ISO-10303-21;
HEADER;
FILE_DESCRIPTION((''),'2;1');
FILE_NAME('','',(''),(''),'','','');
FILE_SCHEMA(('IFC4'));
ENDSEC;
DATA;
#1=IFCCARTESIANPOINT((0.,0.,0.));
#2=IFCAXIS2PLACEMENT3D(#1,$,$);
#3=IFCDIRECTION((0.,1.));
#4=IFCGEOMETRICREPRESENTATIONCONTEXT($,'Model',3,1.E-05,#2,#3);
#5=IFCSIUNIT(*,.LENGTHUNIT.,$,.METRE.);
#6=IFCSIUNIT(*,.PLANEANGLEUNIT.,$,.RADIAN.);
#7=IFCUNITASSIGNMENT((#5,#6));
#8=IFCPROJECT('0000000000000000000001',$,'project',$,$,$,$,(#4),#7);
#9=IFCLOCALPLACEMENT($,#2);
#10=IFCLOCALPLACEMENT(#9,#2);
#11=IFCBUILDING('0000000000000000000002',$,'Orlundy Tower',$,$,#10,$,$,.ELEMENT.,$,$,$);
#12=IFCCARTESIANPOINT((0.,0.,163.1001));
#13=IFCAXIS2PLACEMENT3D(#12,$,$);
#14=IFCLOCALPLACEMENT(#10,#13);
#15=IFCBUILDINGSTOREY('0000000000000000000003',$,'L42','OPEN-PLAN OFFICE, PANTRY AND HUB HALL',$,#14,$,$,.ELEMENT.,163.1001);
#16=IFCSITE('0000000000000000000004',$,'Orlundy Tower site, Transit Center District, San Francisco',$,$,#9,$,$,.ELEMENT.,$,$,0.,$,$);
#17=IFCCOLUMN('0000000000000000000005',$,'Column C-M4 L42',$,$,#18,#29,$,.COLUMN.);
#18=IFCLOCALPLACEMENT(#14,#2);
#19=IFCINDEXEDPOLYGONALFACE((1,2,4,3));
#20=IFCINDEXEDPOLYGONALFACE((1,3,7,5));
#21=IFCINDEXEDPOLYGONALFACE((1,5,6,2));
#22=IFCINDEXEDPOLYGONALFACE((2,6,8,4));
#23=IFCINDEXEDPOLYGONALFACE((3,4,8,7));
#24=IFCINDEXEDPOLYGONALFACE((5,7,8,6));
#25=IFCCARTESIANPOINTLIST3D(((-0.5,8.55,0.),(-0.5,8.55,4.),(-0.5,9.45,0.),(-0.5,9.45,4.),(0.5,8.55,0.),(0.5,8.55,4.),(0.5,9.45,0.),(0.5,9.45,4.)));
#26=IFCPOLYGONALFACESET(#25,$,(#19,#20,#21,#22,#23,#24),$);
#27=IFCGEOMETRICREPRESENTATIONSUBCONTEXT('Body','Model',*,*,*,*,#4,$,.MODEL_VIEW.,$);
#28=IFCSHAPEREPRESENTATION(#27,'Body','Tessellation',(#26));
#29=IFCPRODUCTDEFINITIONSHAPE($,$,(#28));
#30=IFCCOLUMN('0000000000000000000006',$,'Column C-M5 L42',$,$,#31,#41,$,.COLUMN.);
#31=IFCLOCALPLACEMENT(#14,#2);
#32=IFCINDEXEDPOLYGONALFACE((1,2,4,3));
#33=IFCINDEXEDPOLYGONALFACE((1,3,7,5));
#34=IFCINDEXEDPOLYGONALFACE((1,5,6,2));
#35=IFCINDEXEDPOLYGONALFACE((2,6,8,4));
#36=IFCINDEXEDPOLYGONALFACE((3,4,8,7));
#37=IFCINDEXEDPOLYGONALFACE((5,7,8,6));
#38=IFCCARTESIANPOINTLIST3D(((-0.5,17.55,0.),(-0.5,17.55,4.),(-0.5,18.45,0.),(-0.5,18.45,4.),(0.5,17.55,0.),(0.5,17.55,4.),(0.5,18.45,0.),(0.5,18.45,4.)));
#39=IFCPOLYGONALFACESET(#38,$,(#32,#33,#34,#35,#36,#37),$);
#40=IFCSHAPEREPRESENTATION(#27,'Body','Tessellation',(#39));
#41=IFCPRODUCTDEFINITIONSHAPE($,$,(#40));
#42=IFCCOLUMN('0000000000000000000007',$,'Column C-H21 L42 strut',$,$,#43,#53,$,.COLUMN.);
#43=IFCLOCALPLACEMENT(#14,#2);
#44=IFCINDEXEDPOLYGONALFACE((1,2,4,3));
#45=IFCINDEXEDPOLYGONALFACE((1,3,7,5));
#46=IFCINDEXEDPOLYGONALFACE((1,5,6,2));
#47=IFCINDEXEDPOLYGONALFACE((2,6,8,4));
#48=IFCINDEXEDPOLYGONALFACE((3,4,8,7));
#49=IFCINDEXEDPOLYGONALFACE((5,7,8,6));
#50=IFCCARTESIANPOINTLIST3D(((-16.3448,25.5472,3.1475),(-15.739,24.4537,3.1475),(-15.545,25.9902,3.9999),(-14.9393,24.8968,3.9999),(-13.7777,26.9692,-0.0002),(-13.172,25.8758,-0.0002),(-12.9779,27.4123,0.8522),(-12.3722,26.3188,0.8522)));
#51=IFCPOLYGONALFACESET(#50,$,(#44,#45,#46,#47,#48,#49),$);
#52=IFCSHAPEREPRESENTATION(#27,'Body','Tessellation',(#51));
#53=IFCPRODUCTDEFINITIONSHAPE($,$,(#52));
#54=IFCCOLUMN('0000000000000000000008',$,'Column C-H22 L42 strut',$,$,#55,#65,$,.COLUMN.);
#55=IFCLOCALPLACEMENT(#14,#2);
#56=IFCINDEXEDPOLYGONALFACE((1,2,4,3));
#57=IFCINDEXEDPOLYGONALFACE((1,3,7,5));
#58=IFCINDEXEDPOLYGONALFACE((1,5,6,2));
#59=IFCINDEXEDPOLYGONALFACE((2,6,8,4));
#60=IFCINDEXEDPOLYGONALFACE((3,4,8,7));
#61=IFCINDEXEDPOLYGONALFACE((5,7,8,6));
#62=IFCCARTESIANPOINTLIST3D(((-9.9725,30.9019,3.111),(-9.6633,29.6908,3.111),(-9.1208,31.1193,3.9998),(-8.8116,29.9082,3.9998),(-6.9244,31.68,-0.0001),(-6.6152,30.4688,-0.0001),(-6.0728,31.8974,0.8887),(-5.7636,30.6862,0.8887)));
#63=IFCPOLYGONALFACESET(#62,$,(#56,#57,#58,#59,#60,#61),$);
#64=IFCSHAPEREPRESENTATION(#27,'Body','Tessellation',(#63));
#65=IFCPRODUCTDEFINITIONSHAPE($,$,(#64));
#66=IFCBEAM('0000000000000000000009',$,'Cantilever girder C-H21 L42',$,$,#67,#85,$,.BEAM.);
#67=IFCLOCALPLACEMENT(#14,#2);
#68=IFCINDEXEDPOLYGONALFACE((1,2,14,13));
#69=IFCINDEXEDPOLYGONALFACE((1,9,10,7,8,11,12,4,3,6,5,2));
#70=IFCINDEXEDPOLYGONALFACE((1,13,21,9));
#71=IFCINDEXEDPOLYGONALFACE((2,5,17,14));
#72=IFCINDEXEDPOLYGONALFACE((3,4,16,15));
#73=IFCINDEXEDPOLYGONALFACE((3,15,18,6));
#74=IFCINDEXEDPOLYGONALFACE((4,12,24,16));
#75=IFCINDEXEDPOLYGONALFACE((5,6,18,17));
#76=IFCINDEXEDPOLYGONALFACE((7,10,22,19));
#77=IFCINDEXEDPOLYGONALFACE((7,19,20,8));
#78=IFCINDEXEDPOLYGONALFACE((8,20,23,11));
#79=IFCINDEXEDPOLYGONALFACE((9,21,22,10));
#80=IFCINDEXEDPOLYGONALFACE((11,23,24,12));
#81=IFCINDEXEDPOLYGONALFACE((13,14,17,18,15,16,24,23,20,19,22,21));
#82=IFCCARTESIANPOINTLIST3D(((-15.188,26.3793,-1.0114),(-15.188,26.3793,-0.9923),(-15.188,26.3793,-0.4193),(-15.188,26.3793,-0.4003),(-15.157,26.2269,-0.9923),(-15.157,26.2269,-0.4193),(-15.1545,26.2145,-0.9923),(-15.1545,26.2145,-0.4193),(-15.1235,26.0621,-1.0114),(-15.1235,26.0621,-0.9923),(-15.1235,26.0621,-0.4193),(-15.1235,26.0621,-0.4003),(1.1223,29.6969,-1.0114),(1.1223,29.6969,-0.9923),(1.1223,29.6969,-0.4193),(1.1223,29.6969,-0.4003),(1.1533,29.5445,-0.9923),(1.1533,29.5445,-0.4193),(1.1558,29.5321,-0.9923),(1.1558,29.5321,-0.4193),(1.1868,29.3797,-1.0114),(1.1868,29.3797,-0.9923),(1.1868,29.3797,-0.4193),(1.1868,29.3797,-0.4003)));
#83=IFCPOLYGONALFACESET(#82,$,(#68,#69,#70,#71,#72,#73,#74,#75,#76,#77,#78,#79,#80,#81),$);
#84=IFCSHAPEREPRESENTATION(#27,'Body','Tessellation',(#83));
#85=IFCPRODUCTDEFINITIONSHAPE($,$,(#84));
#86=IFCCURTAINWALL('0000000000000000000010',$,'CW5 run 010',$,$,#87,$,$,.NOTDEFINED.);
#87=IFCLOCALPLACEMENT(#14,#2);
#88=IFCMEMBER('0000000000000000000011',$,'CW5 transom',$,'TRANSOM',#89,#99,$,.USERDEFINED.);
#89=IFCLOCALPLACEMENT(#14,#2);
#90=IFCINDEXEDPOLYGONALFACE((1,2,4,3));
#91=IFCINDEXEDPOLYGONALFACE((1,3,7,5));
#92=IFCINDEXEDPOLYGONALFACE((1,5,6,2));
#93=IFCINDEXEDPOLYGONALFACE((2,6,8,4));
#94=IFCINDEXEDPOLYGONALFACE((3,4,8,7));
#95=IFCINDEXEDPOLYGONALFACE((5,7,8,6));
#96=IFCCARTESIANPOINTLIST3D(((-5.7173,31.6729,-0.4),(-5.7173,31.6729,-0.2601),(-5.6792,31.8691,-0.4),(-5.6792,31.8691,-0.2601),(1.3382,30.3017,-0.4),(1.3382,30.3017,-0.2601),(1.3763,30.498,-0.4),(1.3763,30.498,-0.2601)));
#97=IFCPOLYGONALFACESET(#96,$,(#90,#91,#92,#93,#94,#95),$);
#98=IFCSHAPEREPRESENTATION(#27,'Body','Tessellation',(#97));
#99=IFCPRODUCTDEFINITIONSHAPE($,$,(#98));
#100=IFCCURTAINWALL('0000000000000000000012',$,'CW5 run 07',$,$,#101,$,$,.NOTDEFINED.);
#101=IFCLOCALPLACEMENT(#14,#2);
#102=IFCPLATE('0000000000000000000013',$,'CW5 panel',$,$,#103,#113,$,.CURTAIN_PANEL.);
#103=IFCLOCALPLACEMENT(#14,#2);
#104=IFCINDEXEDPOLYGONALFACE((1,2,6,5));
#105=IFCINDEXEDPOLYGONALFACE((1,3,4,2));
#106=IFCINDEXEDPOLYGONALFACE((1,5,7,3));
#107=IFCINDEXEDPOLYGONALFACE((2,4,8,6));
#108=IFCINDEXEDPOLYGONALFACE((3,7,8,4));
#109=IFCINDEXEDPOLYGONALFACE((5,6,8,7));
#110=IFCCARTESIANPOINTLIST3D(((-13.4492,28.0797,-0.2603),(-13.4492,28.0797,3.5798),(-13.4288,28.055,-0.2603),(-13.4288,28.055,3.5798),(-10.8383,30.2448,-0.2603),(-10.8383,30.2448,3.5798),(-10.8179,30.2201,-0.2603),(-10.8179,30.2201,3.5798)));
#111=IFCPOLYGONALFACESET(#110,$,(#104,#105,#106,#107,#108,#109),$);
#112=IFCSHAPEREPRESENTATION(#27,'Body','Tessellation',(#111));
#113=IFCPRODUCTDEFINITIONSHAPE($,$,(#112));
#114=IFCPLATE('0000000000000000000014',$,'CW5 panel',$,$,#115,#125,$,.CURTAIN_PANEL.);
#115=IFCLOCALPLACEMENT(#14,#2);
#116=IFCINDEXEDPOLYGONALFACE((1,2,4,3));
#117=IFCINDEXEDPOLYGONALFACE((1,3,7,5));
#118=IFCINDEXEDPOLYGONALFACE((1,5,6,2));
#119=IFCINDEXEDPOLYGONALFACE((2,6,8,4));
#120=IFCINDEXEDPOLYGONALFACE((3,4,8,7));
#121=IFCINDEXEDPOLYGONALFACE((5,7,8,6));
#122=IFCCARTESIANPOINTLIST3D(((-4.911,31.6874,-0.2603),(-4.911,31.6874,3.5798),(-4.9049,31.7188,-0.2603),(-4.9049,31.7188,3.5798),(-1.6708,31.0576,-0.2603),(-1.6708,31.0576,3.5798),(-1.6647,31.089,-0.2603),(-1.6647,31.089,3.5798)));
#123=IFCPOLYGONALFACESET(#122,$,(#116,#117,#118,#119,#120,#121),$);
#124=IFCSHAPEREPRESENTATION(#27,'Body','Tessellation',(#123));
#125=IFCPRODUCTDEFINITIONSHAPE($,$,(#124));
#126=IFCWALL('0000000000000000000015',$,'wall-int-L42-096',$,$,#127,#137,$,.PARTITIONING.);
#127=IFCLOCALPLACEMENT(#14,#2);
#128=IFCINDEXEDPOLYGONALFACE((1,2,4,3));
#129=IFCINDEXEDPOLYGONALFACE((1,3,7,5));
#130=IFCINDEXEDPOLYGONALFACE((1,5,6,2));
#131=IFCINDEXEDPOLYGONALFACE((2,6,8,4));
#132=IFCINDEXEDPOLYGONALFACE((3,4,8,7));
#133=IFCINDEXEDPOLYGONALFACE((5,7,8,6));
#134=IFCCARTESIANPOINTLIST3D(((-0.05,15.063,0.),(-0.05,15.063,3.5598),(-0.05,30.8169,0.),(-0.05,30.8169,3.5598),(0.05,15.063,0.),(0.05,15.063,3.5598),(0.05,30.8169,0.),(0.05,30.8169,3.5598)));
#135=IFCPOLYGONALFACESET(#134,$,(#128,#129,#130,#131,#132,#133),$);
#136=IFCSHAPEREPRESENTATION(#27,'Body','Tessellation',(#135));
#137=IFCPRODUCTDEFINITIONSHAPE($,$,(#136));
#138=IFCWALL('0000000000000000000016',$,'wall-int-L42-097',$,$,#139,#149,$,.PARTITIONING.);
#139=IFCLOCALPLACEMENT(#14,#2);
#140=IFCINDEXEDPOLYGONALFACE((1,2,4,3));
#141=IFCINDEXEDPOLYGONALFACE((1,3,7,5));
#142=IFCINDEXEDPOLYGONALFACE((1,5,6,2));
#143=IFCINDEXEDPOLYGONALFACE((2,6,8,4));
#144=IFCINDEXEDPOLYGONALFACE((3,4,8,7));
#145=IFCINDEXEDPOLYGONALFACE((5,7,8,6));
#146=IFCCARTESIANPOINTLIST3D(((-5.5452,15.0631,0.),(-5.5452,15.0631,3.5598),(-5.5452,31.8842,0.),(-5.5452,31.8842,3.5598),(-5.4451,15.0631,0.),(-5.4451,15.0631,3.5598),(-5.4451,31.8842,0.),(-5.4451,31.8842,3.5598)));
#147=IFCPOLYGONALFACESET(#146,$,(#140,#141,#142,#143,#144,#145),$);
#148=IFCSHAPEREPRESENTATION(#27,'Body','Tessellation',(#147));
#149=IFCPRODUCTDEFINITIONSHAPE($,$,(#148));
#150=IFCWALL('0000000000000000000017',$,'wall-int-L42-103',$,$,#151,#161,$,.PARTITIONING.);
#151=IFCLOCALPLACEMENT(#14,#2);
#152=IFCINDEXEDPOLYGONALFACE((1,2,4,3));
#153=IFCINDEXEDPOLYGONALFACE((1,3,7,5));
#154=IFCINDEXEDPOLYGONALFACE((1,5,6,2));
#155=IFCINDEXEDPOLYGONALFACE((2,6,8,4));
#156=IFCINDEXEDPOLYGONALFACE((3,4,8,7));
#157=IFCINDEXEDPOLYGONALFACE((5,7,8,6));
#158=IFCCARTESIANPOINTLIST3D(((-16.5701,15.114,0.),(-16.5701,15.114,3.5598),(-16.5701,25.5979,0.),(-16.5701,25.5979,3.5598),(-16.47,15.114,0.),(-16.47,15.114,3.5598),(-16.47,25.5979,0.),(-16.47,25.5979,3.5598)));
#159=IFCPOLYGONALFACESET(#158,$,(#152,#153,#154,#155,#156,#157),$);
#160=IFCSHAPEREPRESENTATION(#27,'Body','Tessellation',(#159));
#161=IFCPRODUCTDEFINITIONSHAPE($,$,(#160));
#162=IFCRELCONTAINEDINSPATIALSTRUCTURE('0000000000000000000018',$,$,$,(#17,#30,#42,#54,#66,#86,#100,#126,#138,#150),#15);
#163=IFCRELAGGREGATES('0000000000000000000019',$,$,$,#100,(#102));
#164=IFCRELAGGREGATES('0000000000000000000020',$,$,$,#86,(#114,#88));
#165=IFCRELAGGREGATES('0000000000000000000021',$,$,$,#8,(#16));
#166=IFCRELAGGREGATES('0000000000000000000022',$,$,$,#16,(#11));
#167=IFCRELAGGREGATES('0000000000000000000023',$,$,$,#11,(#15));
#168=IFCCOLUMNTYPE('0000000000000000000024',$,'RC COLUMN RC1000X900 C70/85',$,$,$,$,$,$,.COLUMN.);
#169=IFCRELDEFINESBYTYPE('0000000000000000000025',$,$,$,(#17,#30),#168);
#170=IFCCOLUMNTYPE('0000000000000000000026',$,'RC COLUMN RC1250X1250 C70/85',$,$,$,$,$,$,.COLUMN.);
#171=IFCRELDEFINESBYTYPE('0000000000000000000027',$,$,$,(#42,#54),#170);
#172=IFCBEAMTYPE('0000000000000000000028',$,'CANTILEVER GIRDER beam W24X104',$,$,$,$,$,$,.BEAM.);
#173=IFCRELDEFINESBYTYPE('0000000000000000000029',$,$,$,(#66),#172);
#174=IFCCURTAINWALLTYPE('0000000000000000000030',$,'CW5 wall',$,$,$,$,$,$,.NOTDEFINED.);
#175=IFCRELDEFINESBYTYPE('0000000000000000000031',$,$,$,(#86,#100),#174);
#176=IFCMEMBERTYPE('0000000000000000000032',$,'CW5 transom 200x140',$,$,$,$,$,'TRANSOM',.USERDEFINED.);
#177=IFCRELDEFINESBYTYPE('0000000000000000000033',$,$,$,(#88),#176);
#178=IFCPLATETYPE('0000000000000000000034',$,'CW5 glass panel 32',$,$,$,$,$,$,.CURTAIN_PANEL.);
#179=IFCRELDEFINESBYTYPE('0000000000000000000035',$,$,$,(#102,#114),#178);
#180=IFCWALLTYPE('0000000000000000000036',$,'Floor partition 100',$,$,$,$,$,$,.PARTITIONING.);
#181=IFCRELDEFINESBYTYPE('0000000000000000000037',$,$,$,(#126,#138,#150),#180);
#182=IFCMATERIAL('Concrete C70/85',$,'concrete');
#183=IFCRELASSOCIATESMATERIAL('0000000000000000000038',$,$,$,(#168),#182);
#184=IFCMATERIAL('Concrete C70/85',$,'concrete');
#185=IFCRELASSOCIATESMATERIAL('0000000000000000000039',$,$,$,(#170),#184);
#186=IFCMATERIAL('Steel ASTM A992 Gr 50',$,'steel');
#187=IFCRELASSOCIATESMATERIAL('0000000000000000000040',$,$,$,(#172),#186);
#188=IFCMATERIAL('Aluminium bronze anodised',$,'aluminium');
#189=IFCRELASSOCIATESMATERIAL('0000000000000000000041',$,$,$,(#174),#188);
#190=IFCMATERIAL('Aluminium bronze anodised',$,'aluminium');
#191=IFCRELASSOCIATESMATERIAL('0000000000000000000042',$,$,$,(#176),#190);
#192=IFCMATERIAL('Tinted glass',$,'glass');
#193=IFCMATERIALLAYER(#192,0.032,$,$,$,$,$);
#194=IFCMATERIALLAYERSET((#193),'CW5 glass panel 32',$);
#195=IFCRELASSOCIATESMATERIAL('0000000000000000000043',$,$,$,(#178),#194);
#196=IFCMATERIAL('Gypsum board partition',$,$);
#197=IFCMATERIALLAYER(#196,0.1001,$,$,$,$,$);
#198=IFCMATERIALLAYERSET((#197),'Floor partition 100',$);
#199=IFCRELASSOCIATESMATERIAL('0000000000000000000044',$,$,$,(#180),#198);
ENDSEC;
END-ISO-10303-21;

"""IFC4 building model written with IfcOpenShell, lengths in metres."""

from ifc_helpers import new_model, si_unit, direction, frame, frame_2d, origin, origin_2d, place, context, subcontext, project, spatial, rectangle, i_section, extrude, material, layer, layer_set, material_profile, profile_set, type_object, element, aggregate, save


model = new_model("IFC4")

# Units and contexts
model_context = context("Model", 3, precision=1e-05, world=origin(), true_north=direction((0.0, 1.0)))
body_context = subcontext(model_context, "Body", "Model", "MODEL_VIEW")
ifc_project = project(units=[si_unit("LENGTHUNIT", "METRE"), si_unit("PLANEANGLEUNIT", "RADIAN")], contexts=[model_context])

# Site, building, storey
site_placement = place(None, origin())
site = spatial("IfcSite", under=ifc_project, at=site_placement, Name="Orlundy Tower site, Transit Center District, San Francisco", CompositionType="ELEMENT", RefElevation=0.0)
building_placement = place(site_placement, origin())
building = spatial("IfcBuilding", under=site, at=building_placement, Name="Orlundy Tower", CompositionType="ELEMENT")
storey_placement = place(building_placement, frame((0.0, 0.0, 163.1001)))
storey = spatial("IfcBuildingStorey", under=building, at=storey_placement, Name="L42", Description="OPEN-PLAN OFFICE, PANTRY AND HUB HALL", CompositionType="ELEMENT", Elevation=163.1001)

# Columns
ifc_material_1 = material(Name="Concrete C70/85", Category="concrete")
ifc_material_profile_1 = material_profile(ifc_material_1, rectangle(XDim=1.0, YDim=0.8999, at=origin_2d()), Name="RC1000X900")
ifc_profile_set_1 = profile_set([ifc_material_profile_1], Name="Concrete C70/85")
column_type_1 = type_object("IfcColumnType", Name="RC COLUMN RC1000X900 C70/85", PredefinedType="COLUMN", material=ifc_profile_set_1)
for number, where, z_axis, x_axis, name in (
    (1, (0.0, 9.0, 0.0), (0.0, 0.0, 1.0), (1.0, 0.0, 0.0), "Column C-M4 L42"),
    (2, (0.0, 18.0, 0.0), (0.0, 0.0, 1.0), (1.0, 0.0, 0.0), "Column C-M5 L42"),
):
    element("IfcColumn", number, at=place(storey_placement, frame(where, z_axis=z_axis, x_axis=x_axis)), inside=storey, type_object=column_type_1, Name=name, PredefinedType="COLUMN", context=body_context, shape_type="SweptSolid", body=[
        extrude(rectangle(XDim=1.0, YDim=0.8999, at=origin_2d()), origin(), (0.0, 0.0, 1.0), 4.0),
    ])
ifc_material_2 = material(Name="Concrete C70/85", Category="concrete")
ifc_material_profile_2 = material_profile(ifc_material_2, rectangle(XDim=1.25, YDim=1.25, at=origin_2d()), Name="RC1250X1250")
ifc_profile_set_2 = profile_set([ifc_material_profile_2], Name="Concrete C70/85")
column_type_2 = type_object("IfcColumnType", Name="RC COLUMN RC1250X1250 C70/85", PredefinedType="COLUMN", material=ifc_profile_set_2)
column_1_placement = place(storey_placement, frame((-13.075, 26.644, 0.426), z_axis=(-0.596514, -0.330451, 0.731418), x_axis=(0.484583, -0.874745, 0.0)))
element("IfcColumn", 3, at=column_1_placement, inside=storey, type_object=column_type_2, Name="Column C-H21 L42 strut", PredefinedType="COLUMN", context=body_context, shape_type="SweptSolid", body=[
    extrude(rectangle(XDim=1.25, YDim=1.25, at=origin_2d()), origin(), (0.0, 0.0, 1.0), 4.3035),
])
column_2_placement = place(storey_placement, frame((-6.344, 31.1831, 0.4443), z_axis=(-0.688932, -0.175861, 0.703168), x_axis=(0.247335, -0.96893, 0.0)))
element("IfcColumn", 4, at=column_2_placement, inside=storey, type_object=column_type_2, Name="Column C-H22 L42 strut", PredefinedType="COLUMN", context=body_context, shape_type="SweptSolid", body=[
    extrude(rectangle(XDim=1.25, YDim=1.25, at=origin_2d()), origin(), (0.0, 0.0, 1.0), 4.4243),
])

# Beam
ifc_material_3 = material(Name="Steel ASTM A992 Gr 50", Category="steel")
ifc_material_profile_3 = material_profile(ifc_material_3, i_section(OverallWidth=0.3237, OverallDepth=0.6111, WebThickness=0.0127, FlangeThickness=0.019, at=origin_2d()), Name="W24X104")
ifc_profile_set_3 = profile_set([ifc_material_profile_3], Name="Steel ASTM A992 Gr 50")
beam_type = type_object("IfcBeamType", Name="CANTILEVER GIRDER beam W24X104", PredefinedType="BEAM", material=ifc_profile_set_3)
beam_placement = place(storey_placement, frame((-15.1558, 26.2207, -0.7058), z_axis=(0.979933, 0.199325, 0.0), x_axis=(-0.199325, 0.979933, 0.0)))
element("IfcBeam", 5, at=beam_placement, inside=storey, type_object=beam_type, Name="Cantilever girder C-H21 L42", PredefinedType="BEAM", context=body_context, shape_type="SweptSolid", body=[
    extrude(i_section(OverallWidth=0.3237, OverallDepth=0.6111, WebThickness=0.0127, FlangeThickness=0.019, at=origin_2d()), origin(), (0.0, 0.0, 1.0), 16.6443),
])

# Curtain wall, member
ifc_material_4 = material(Name="Aluminium bronze anodised", Category="aluminium")
curtain_wall_type = type_object("IfcCurtainWallType", Name="CW5 wall", PredefinedType="NOTDEFINED", material=ifc_material_4)
curtain_wall_1_placement = place(storey_placement, origin())
curtain_wall_1 = element("IfcCurtainWall", 6, at=curtain_wall_1_placement, inside=storey, type_object=curtain_wall_type, Name="CW5 run 010", PredefinedType="NOTDEFINED")
ifc_material_5 = material(Name="Aluminium bronze anodised", Category="aluminium")
ifc_material_profile_4 = material_profile(ifc_material_5, rectangle(XDim=0.2, YDim=0.1399, at=origin_2d()), Name="CW5 transom 200x140")
ifc_profile_set_4 = profile_set([ifc_material_profile_4], Name="Aluminium bronze anodised")
member_type = type_object("IfcMemberType", Name="CW5 transom 200x140", ElementType="TRANSOM", PredefinedType="USERDEFINED", material=ifc_profile_set_4)
member_placement = place(storey_placement, frame((-5.6982, 31.771, -0.3301), z_axis=(0.981636, -0.190763, 0.0), x_axis=(0.190763, 0.981636, 0.0)))
member = element("IfcMember", 7, at=member_placement, type_object=member_type, Name="CW5 transom", ObjectType="TRANSOM", PredefinedType="USERDEFINED", context=body_context, shape_type="SweptSolid", body=[
    extrude(rectangle(XDim=0.2, YDim=0.1399, at=origin_2d()), origin(), (0.0, 0.0, 1.0), 7.1875),
])

# Curtain wall, plate
curtain_wall_2_placement = place(storey_placement, origin())
curtain_wall_2 = element("IfcCurtainWall", 8, at=curtain_wall_2_placement, inside=storey, type_object=curtain_wall_type, Name="CW5 run 07", PredefinedType="NOTDEFINED")
ifc_material_6 = material(Name="Tinted glass", Category="glass")
ifc_layer_1 = layer(ifc_material_6, 0.032)
ifc_layer_set_1 = layer_set([ifc_layer_1], Name="CW5 glass panel 32")
plate_type = type_object("IfcPlateType", Name="CW5 glass panel 32", PredefinedType="CURTAIN_PANEL", material=ifc_layer_set_1)
plate_1_placement = place(storey_placement, frame((-12.1335, 29.1499, -0.2603), z_axis=(0.0, 0.0, 1.0), x_axis=(0.76977, 0.638321, 0.0)))
plate_1 = element("IfcPlate", 9, at=plate_1_placement, type_object=plate_type, Name="CW5 panel", PredefinedType="CURTAIN_PANEL", context=body_context, shape_type="SweptSolid", body=[
    extrude(rectangle(XDim=3.3918, YDim=0.032, at=origin_2d()), origin(), (0.0, 0.0, 1.0), 3.8401),
])
aggregate(curtain_wall_2, [plate_1])

# Plate
plate_2_placement = place(storey_placement, frame((-3.2878, 31.3882, -0.2603), z_axis=(0.0, 0.0, 1.0), x_axis=(0.981631, -0.190789, 0.0)))
plate_2 = element("IfcPlate", 10, at=plate_2_placement, type_object=plate_type, Name="CW5 panel", PredefinedType="CURTAIN_PANEL", context=body_context, shape_type="SweptSolid", body=[
    extrude(rectangle(XDim=3.3008, YDim=0.032, at=origin_2d()), origin(), (0.0, 0.0, 1.0), 3.8401),
])
aggregate(curtain_wall_1, [plate_2, member])

# Walls
ifc_material_7 = material(Name="Gypsum board partition")
ifc_layer_2 = layer(ifc_material_7, 0.1001)
ifc_layer_set_2 = layer_set([ifc_layer_2], Name="Floor partition 100")
wall_type_1 = type_object("IfcWallType", Name="Floor partition 100", PredefinedType="PARTITIONING", material=ifc_layer_set_2)
wall_1_placement = place(storey_placement, frame((0.0, 15.063, 0.0), z_axis=(0.0, 0.0, 1.0), x_axis=(0.0, 1.0, 0.0)))
element("IfcWall", 11, at=wall_1_placement, inside=storey, type_object=wall_type_1, Name="wall-int-L42-096", PredefinedType="PARTITIONING", context=body_context, shape_type="SweptSolid", body=[
    extrude(rectangle(XDim=15.7539, YDim=0.1001, at=frame_2d((7.877, 0.0))), origin(), (0.0, 0.0, 1.0), 3.5598),
])
wall_2_placement = place(storey_placement, frame((-5.4951, 15.063, 0.0), z_axis=(0.0, 0.0, 1.0), x_axis=(0.0, 1.0, 0.0)))
element("IfcWall", 12, at=wall_2_placement, inside=storey, type_object=wall_type_1, Name="wall-int-L42-097", PredefinedType="PARTITIONING", context=body_context, shape_type="SweptSolid", body=[
    extrude(rectangle(XDim=16.821, YDim=0.1001, at=frame_2d((8.4106, 0.0))), origin(), (0.0, 0.0, 1.0), 3.5598),
])
wall_3_placement = place(storey_placement, frame((-16.52, 15.114, 0.0), z_axis=(0.0, 0.0, 1.0), x_axis=(0.0, 1.0, 0.0)))
element("IfcWall", 13, at=wall_3_placement, inside=storey, type_object=wall_type_1, Name="wall-int-L42-103", PredefinedType="PARTITIONING", context=body_context, shape_type="SweptSolid", body=[
    extrude(rectangle(XDim=10.4839, YDim=0.1001, at=frame_2d((5.2419, 0.0))), origin(), (0.0, 0.0, 1.0), 3.5598),
])

save(model, "model.ifc")
